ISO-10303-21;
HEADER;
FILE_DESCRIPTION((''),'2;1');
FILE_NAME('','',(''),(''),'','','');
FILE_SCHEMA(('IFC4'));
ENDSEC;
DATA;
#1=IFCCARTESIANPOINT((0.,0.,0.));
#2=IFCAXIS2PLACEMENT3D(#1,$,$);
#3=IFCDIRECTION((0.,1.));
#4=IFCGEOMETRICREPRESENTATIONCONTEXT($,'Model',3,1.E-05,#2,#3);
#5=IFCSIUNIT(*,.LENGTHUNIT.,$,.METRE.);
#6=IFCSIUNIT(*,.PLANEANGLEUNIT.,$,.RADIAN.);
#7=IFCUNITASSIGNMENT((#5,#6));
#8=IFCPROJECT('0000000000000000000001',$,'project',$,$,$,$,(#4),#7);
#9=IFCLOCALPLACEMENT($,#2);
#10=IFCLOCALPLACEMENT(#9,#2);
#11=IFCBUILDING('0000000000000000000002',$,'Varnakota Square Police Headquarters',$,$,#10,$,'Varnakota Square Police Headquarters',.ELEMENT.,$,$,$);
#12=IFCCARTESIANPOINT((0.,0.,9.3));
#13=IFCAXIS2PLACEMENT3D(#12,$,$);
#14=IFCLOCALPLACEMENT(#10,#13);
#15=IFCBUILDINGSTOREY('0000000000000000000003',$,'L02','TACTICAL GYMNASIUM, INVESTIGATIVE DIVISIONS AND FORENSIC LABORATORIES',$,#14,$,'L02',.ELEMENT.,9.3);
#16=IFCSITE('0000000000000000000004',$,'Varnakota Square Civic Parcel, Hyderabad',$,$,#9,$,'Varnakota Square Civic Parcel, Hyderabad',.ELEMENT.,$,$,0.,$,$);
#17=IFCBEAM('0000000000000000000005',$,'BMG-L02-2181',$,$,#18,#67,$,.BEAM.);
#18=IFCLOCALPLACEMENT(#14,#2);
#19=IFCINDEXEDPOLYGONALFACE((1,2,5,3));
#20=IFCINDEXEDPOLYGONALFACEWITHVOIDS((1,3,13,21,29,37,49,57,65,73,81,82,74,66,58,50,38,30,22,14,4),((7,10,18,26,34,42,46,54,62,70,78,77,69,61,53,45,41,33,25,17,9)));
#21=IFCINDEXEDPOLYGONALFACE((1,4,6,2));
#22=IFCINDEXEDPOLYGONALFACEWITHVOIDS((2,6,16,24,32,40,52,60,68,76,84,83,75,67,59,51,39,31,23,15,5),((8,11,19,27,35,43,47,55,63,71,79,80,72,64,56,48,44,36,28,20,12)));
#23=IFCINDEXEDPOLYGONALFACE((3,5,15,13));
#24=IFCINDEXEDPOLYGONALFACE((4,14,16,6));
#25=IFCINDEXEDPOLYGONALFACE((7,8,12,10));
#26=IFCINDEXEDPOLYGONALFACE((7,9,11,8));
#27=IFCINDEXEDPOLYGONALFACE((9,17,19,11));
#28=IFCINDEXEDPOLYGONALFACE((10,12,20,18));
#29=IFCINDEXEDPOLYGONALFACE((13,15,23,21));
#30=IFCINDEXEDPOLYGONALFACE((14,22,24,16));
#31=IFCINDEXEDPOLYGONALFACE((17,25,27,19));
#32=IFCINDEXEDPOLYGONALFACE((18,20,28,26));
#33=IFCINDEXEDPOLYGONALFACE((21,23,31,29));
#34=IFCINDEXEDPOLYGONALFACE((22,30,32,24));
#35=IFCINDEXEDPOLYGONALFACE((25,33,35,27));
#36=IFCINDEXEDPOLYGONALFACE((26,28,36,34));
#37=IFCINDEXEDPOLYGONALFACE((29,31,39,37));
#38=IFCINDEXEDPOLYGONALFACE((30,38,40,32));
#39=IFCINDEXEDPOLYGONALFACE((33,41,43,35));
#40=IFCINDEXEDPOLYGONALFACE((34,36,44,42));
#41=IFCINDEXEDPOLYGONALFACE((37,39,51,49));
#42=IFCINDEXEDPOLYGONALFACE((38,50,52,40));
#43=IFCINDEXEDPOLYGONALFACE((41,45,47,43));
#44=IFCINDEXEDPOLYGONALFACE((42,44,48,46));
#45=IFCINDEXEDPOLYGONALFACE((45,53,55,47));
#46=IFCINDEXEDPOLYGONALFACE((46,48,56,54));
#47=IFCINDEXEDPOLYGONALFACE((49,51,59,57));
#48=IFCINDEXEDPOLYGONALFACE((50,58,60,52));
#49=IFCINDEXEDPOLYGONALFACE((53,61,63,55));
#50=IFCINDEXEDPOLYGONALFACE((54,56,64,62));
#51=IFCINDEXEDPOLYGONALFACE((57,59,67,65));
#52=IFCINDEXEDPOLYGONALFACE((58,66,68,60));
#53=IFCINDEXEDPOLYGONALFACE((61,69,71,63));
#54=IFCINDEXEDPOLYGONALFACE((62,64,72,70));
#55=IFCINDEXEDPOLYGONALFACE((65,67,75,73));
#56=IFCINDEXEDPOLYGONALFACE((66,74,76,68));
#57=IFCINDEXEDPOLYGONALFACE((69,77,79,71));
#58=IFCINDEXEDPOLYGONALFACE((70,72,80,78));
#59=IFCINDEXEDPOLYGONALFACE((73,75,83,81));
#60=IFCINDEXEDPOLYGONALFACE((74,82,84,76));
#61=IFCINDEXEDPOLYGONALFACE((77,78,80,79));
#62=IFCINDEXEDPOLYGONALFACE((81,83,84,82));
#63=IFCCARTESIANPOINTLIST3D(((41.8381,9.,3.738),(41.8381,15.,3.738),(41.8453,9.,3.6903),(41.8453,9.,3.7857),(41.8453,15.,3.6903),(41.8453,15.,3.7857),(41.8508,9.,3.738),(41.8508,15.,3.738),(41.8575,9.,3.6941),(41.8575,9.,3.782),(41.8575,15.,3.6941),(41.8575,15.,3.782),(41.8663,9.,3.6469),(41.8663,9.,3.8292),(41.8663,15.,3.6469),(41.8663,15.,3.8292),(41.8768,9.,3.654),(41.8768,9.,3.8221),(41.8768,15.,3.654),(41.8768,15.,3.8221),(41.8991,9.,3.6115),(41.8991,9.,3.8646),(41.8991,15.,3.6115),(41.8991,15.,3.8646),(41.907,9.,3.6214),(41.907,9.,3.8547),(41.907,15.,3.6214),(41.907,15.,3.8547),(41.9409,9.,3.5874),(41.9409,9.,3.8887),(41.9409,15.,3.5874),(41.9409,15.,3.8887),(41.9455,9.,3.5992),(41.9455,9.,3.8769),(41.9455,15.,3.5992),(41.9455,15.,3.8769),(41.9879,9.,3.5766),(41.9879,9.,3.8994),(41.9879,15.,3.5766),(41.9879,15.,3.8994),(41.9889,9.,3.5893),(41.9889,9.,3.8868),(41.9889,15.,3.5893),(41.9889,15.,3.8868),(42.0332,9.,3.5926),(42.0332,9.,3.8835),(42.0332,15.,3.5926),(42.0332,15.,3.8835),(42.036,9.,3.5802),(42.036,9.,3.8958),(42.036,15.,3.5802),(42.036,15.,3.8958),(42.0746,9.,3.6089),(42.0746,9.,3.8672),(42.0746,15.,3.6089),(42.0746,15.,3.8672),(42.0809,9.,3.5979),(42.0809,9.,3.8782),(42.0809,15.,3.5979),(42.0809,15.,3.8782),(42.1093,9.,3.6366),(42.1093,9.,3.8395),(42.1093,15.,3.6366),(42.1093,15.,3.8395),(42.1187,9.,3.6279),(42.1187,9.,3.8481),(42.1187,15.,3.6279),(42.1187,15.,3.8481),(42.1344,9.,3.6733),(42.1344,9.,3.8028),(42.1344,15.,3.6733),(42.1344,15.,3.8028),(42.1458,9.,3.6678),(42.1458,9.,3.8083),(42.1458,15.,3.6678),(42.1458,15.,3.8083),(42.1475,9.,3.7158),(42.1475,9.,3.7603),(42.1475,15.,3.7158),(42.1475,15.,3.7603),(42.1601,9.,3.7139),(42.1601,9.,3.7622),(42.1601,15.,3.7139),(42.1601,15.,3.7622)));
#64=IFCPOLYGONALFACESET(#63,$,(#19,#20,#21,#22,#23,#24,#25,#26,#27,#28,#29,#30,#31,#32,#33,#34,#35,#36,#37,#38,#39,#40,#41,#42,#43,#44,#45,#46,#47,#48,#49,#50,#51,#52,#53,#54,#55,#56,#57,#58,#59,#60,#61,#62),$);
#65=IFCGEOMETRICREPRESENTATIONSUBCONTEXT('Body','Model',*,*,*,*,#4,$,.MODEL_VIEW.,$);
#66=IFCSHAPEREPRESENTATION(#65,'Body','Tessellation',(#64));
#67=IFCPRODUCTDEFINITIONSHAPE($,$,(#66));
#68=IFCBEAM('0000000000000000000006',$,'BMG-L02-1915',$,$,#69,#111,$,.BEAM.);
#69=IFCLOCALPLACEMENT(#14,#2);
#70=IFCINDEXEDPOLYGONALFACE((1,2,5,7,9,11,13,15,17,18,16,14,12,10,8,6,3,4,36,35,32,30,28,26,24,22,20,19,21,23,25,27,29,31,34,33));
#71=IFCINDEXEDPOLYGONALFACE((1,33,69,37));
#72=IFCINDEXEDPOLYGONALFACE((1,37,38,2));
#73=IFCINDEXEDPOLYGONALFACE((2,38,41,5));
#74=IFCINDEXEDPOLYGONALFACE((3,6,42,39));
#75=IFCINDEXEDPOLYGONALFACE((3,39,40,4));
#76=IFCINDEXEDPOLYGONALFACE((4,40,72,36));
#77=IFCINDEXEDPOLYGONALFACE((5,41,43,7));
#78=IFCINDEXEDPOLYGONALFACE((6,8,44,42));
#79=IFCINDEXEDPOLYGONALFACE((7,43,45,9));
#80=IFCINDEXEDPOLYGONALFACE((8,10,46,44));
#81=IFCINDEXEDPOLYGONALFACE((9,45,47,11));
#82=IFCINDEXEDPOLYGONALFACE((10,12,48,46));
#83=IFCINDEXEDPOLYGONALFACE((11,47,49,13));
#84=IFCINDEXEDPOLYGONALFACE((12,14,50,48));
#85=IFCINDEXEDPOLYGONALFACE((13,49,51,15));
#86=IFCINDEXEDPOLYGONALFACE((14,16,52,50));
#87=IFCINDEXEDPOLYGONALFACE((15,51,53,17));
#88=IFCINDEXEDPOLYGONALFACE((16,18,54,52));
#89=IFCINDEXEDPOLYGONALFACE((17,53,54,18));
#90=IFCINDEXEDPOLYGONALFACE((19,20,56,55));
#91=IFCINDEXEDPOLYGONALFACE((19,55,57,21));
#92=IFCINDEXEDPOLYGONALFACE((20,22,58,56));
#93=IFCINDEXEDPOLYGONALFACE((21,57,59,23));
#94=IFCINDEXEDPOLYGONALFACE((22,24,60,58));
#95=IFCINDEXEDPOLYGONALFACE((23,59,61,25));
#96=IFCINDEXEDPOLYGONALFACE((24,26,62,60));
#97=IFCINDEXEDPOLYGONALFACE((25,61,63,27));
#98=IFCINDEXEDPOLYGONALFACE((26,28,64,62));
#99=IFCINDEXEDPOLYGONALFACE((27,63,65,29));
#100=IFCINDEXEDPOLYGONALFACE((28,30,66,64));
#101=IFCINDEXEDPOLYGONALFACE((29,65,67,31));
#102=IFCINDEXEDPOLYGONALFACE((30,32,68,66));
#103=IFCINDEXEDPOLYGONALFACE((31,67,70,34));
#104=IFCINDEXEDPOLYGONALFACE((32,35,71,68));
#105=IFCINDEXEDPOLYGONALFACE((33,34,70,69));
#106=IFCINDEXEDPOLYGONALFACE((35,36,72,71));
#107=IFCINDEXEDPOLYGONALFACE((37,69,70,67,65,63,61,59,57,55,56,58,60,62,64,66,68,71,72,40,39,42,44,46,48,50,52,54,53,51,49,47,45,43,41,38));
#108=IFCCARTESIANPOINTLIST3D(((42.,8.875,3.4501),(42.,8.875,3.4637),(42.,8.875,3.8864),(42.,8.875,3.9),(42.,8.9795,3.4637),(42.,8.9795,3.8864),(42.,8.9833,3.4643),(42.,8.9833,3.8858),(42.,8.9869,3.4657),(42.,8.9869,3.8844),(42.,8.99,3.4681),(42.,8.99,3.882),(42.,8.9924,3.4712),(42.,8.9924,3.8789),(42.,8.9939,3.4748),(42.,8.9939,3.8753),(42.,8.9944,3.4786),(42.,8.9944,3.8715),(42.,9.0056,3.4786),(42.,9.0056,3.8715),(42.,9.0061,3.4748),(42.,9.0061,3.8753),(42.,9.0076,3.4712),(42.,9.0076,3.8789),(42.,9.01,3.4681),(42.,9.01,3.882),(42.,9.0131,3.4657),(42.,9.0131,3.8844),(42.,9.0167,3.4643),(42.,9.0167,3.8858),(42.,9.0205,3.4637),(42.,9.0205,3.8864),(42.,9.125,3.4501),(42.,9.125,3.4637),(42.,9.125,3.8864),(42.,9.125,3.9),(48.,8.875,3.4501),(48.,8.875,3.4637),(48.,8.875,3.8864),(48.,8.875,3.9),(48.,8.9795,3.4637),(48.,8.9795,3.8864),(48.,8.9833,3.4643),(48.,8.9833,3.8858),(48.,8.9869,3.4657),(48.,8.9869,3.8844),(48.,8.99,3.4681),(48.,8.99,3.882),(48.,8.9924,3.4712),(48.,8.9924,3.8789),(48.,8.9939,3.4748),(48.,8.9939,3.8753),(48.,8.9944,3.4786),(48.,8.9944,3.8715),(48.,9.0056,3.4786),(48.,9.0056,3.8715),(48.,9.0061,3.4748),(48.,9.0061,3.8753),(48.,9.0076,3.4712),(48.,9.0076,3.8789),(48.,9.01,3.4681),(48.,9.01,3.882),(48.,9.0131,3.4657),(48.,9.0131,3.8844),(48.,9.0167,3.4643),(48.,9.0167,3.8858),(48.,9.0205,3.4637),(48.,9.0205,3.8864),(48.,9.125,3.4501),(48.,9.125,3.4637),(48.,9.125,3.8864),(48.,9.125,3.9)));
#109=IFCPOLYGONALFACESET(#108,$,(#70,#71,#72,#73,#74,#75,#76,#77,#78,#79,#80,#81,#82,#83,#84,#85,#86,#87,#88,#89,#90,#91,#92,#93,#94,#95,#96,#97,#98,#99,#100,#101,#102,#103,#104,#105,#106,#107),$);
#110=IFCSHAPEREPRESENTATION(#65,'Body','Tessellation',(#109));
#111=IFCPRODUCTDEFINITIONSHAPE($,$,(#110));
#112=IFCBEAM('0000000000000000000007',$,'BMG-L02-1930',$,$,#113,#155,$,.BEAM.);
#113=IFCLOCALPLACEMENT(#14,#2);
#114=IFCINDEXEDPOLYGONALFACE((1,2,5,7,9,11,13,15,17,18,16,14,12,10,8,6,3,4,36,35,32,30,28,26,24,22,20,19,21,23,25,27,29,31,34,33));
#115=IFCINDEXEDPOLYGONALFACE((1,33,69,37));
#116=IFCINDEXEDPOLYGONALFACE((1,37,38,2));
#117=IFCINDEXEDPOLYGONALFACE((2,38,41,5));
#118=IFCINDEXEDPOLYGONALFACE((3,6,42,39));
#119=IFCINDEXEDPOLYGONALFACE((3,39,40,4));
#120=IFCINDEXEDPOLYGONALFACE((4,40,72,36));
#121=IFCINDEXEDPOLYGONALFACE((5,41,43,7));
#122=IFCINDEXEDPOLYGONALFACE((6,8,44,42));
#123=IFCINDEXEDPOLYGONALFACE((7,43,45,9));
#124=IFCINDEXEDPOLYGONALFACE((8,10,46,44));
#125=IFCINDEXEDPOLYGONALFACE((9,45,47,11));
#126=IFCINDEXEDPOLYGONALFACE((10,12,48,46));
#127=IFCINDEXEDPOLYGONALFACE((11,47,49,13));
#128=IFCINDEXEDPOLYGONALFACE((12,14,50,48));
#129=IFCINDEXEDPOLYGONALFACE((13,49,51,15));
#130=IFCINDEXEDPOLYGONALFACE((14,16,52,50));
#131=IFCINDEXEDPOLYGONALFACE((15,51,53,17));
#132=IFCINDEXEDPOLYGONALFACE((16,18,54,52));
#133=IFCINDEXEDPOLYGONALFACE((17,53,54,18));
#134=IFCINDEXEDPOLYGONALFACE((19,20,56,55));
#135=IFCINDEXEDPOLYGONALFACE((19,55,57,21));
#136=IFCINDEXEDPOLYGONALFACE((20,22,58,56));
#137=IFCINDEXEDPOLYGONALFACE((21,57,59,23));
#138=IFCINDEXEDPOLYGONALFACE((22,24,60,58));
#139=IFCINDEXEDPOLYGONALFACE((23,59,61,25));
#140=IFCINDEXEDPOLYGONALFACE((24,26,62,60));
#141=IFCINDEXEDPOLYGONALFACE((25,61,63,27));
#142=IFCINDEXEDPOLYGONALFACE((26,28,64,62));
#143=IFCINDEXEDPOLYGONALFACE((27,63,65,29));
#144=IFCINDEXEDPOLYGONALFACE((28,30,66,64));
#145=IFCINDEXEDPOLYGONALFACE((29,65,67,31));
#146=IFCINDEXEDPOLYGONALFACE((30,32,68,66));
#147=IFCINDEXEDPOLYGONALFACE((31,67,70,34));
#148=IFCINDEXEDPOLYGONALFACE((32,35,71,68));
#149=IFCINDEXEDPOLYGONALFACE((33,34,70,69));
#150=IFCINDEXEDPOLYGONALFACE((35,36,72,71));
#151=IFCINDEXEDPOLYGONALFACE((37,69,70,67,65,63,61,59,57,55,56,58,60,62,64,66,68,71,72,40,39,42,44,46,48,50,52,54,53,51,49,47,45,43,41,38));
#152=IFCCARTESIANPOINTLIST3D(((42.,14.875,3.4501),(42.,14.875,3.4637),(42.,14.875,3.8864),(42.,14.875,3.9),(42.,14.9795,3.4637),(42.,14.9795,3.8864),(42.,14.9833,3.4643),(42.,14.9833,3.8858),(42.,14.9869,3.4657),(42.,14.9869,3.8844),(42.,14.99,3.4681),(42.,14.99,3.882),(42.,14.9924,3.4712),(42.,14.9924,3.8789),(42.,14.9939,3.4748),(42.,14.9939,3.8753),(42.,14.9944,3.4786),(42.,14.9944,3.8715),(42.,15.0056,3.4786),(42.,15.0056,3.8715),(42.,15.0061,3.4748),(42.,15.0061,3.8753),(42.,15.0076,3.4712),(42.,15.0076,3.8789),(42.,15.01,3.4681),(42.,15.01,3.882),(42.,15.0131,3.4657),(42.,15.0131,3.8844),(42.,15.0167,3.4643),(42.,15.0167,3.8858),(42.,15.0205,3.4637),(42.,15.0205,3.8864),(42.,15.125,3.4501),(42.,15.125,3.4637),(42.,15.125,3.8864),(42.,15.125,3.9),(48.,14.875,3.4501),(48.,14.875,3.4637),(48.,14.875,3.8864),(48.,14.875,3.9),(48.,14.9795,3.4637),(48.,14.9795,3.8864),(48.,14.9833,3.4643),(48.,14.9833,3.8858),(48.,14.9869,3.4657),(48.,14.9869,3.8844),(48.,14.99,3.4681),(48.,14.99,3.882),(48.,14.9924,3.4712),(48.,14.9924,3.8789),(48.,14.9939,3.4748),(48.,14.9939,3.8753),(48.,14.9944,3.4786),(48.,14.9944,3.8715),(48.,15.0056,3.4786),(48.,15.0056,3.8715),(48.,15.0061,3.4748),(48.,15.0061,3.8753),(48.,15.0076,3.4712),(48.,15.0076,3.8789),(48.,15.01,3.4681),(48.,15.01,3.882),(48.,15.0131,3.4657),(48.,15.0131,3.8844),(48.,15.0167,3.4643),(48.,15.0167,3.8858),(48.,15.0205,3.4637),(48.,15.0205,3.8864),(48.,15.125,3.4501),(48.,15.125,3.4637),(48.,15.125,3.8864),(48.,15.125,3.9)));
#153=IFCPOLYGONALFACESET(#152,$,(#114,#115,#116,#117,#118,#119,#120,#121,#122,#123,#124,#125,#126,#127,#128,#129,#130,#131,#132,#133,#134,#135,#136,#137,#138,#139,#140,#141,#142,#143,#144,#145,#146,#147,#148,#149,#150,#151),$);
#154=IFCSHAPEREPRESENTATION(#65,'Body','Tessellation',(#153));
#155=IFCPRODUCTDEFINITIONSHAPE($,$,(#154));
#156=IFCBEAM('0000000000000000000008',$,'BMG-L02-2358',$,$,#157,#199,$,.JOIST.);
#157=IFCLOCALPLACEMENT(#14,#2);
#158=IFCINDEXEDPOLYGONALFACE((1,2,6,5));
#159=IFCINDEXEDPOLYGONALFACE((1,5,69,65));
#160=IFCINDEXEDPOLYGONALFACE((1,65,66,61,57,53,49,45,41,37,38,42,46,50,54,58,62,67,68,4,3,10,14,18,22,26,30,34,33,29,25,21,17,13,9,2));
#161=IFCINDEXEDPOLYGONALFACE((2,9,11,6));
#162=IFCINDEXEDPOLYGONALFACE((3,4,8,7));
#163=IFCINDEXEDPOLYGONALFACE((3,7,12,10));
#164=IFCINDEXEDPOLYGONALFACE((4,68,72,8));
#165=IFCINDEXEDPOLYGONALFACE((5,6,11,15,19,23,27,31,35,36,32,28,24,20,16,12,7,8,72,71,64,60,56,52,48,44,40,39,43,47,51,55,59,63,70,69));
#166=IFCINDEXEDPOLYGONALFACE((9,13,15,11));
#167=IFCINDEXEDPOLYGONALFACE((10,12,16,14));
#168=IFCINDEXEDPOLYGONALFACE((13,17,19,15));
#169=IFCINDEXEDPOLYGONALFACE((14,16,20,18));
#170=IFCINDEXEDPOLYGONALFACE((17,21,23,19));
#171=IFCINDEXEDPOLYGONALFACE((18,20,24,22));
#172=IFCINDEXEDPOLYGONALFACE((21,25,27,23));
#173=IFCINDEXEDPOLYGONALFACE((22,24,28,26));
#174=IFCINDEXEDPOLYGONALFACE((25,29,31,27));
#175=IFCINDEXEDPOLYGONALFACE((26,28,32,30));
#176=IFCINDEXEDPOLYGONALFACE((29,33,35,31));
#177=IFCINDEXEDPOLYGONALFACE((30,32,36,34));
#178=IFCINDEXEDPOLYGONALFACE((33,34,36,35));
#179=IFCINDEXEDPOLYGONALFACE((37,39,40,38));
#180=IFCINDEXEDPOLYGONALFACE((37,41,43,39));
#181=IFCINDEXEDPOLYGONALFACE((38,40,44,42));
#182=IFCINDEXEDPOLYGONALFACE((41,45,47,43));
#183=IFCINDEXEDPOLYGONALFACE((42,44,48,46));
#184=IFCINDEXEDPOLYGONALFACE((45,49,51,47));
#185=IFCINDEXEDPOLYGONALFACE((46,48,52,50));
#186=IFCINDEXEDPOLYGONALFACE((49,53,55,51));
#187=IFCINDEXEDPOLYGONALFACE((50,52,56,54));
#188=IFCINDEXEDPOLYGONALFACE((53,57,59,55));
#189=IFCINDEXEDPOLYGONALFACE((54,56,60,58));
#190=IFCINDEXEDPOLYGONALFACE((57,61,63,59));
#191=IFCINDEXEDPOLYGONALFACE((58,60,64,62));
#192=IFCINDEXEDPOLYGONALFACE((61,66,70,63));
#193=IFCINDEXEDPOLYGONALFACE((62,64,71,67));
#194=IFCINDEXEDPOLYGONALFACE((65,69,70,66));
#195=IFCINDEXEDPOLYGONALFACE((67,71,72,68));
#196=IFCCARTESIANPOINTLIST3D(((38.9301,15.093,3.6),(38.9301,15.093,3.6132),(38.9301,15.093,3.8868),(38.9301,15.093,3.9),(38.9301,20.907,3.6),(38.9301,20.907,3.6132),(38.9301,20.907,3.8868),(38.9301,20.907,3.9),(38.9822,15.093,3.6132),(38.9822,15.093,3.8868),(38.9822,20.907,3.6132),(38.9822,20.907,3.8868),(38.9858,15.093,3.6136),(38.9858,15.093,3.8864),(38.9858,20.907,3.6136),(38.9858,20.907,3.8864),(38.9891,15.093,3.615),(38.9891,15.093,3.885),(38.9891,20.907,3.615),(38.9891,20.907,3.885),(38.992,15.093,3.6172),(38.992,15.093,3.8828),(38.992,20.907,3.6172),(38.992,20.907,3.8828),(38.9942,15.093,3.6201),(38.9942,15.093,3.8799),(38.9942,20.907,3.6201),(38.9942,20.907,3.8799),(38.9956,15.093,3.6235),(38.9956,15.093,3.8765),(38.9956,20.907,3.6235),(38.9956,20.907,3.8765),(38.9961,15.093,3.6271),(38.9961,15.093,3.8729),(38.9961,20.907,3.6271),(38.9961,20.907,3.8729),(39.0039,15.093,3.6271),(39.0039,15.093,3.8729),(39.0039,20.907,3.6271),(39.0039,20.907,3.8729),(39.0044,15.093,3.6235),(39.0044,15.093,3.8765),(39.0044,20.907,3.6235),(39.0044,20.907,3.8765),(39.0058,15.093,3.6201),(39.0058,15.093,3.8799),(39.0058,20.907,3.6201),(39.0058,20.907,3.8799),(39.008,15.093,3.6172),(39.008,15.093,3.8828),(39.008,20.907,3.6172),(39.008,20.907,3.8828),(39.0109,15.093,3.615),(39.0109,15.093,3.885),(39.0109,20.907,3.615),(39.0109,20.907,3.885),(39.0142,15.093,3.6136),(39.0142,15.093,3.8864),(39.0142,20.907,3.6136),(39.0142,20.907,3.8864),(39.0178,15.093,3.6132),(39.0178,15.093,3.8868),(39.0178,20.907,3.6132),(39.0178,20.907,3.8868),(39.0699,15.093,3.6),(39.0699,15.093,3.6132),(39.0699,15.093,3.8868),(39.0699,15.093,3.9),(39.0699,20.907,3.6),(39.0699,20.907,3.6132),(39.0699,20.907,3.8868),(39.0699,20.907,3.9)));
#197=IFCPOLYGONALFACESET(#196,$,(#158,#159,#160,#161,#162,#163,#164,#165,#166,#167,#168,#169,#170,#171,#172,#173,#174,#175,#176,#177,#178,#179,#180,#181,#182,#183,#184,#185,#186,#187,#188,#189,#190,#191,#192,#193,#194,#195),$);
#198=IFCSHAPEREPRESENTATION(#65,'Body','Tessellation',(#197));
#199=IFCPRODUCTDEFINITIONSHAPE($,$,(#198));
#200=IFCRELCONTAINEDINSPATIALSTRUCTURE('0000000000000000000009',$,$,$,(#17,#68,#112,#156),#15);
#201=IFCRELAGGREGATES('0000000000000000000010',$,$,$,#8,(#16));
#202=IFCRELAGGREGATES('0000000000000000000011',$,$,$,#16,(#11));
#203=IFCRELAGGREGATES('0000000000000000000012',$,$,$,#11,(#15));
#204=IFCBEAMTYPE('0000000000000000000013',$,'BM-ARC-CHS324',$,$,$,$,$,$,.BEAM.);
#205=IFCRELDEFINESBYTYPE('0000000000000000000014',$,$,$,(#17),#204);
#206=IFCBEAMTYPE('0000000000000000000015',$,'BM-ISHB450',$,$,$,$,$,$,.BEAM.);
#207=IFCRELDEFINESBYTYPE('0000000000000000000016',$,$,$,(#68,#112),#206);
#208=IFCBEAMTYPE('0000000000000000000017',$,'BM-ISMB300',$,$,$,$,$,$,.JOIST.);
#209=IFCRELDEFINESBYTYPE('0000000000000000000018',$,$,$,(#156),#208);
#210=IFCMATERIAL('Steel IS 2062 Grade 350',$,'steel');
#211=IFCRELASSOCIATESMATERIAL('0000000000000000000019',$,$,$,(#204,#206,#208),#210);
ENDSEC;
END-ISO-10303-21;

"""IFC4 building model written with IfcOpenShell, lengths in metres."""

from ifc_helpers import new_model, si_unit, direction, frame, origin, origin_2d, place, context, subcontext, project, spatial, hollow_circle, i_section, extrude, material, material_profile, profile_set, type_object, element, save


model = new_model("IFC4")

# Units and contexts
model_context = context("Model", 3, precision=1e-05, world=origin(), true_north=direction((0.0, 1.0)))
body_context = subcontext(model_context, "Body", "Model", "MODEL_VIEW")
ifc_project = project(units=[si_unit("LENGTHUNIT", "METRE"), si_unit("PLANEANGLEUNIT", "RADIAN")], contexts=[model_context])

# Site, building, storey
site_placement = place(None, origin())
site = spatial("IfcSite", under=ifc_project, at=site_placement, Name="Varnakota Square Civic Parcel, Hyderabad", LongName="Varnakota Square Civic Parcel, Hyderabad", CompositionType="ELEMENT", RefElevation=0.0)
building_placement = place(site_placement, origin())
building = spatial("IfcBuilding", under=site, at=building_placement, Name="Varnakota Square Police Headquarters", LongName="Varnakota Square Police Headquarters", CompositionType="ELEMENT")
storey_placement = place(building_placement, frame((0.0, 0.0, 9.3)))
storey = spatial("IfcBuildingStorey", under=building, at=storey_placement, Name="L02", Description="TACTICAL GYMNASIUM, INVESTIGATIVE DIVISIONS AND FORENSIC LABORATORIES", LongName="L02", CompositionType="ELEMENT", Elevation=9.3)

# Shared definitions
ifc_material_1 = material(Name="Steel IS 2062 Grade 350", Category="steel")

# Beams
ifc_material_profile_1 = material_profile(ifc_material_1, hollow_circle(Radius=0.1619, WallThickness=0.0127, at=origin_2d()), Name="CHS 323.9x12.7")
ifc_profile_set_1 = profile_set([ifc_material_profile_1], Name="Steel IS 2062 Grade 350")
beam_type_1 = type_object("IfcBeamType", Name="BM-ARC-CHS324", PredefinedType="BEAM", material=ifc_profile_set_1)
beam_1_placement = place(storey_placement, frame((42.0, 9.0, 3.738), z_axis=(0.0, 1.0, 0.0), x_axis=(-1.0, 0.0, 0.0)))
element("IfcBeam", 1, at=beam_1_placement, inside=storey, type_object=beam_type_1, Name="BMG-L02-2181", PredefinedType="BEAM", context=body_context, shape_type="SweptSolid", body=[
    extrude(hollow_circle(Radius=0.1619, WallThickness=0.0127, at=origin_2d()), origin(), (0.0, 0.0, 1.0), 6.0),
])
ifc_material_profile_2 = material_profile(ifc_material_1, i_section(OverallWidth=0.25, OverallDepth=0.45, WebThickness=0.0112, FlangeThickness=0.0137, FilletRadius=0.0149, at=origin_2d()), Name="ISHB 450")
ifc_profile_set_2 = profile_set([ifc_material_profile_2], Name="Steel IS 2062 Grade 350")
beam_type_2 = type_object("IfcBeamType", Name="BM-ISHB450", PredefinedType="BEAM", material=ifc_profile_set_2)
for number, where, z_axis, x_axis, name in (
    (2, (42.0, 9.0, 3.675), (1.0, 0.0, 0.0), (0.0, 1.0, 0.0), "BMG-L02-1915"),
    (3, (42.0, 15.0, 3.675), (1.0, 0.0, 0.0), (0.0, 1.0, 0.0), "BMG-L02-1930"),
):
    element("IfcBeam", number, at=place(storey_placement, frame(where, z_axis=z_axis, x_axis=x_axis)), inside=storey, type_object=beam_type_2, Name=name, PredefinedType="BEAM", context=body_context, shape_type="SweptSolid", body=[
        extrude(i_section(OverallWidth=0.25, OverallDepth=0.45, WebThickness=0.0112, FlangeThickness=0.0137, FilletRadius=0.0149, at=origin_2d()), origin(), (0.0, 0.0, 1.0), 6.0),
    ])
ifc_material_profile_3 = material_profile(ifc_material_1, i_section(OverallWidth=0.1399, OverallDepth=0.3, WebThickness=0.0078, FlangeThickness=0.0132, FilletRadius=0.0139, at=origin_2d()), Name="ISMB 300")
ifc_profile_set_3 = profile_set([ifc_material_profile_3], Name="Steel IS 2062 Grade 350")
beam_type_3 = type_object("IfcBeamType", Name="BM-ISMB300", PredefinedType="JOIST", material=ifc_profile_set_3)
beam_2_placement = place(storey_placement, frame((39.0, 15.093, 3.75), z_axis=(0.0, 1.0, 0.0), x_axis=(-1.0, 0.0, 0.0)))
element("IfcBeam", 4, at=beam_2_placement, inside=storey, type_object=beam_type_3, Name="BMG-L02-2358", PredefinedType="JOIST", context=body_context, shape_type="SweptSolid", body=[
    extrude(i_section(OverallWidth=0.1399, OverallDepth=0.3, WebThickness=0.0078, FlangeThickness=0.0132, FilletRadius=0.0139, at=origin_2d()), origin(), (0.0, 0.0, 1.0), 5.814),
])

save(model, "model.ifc")
